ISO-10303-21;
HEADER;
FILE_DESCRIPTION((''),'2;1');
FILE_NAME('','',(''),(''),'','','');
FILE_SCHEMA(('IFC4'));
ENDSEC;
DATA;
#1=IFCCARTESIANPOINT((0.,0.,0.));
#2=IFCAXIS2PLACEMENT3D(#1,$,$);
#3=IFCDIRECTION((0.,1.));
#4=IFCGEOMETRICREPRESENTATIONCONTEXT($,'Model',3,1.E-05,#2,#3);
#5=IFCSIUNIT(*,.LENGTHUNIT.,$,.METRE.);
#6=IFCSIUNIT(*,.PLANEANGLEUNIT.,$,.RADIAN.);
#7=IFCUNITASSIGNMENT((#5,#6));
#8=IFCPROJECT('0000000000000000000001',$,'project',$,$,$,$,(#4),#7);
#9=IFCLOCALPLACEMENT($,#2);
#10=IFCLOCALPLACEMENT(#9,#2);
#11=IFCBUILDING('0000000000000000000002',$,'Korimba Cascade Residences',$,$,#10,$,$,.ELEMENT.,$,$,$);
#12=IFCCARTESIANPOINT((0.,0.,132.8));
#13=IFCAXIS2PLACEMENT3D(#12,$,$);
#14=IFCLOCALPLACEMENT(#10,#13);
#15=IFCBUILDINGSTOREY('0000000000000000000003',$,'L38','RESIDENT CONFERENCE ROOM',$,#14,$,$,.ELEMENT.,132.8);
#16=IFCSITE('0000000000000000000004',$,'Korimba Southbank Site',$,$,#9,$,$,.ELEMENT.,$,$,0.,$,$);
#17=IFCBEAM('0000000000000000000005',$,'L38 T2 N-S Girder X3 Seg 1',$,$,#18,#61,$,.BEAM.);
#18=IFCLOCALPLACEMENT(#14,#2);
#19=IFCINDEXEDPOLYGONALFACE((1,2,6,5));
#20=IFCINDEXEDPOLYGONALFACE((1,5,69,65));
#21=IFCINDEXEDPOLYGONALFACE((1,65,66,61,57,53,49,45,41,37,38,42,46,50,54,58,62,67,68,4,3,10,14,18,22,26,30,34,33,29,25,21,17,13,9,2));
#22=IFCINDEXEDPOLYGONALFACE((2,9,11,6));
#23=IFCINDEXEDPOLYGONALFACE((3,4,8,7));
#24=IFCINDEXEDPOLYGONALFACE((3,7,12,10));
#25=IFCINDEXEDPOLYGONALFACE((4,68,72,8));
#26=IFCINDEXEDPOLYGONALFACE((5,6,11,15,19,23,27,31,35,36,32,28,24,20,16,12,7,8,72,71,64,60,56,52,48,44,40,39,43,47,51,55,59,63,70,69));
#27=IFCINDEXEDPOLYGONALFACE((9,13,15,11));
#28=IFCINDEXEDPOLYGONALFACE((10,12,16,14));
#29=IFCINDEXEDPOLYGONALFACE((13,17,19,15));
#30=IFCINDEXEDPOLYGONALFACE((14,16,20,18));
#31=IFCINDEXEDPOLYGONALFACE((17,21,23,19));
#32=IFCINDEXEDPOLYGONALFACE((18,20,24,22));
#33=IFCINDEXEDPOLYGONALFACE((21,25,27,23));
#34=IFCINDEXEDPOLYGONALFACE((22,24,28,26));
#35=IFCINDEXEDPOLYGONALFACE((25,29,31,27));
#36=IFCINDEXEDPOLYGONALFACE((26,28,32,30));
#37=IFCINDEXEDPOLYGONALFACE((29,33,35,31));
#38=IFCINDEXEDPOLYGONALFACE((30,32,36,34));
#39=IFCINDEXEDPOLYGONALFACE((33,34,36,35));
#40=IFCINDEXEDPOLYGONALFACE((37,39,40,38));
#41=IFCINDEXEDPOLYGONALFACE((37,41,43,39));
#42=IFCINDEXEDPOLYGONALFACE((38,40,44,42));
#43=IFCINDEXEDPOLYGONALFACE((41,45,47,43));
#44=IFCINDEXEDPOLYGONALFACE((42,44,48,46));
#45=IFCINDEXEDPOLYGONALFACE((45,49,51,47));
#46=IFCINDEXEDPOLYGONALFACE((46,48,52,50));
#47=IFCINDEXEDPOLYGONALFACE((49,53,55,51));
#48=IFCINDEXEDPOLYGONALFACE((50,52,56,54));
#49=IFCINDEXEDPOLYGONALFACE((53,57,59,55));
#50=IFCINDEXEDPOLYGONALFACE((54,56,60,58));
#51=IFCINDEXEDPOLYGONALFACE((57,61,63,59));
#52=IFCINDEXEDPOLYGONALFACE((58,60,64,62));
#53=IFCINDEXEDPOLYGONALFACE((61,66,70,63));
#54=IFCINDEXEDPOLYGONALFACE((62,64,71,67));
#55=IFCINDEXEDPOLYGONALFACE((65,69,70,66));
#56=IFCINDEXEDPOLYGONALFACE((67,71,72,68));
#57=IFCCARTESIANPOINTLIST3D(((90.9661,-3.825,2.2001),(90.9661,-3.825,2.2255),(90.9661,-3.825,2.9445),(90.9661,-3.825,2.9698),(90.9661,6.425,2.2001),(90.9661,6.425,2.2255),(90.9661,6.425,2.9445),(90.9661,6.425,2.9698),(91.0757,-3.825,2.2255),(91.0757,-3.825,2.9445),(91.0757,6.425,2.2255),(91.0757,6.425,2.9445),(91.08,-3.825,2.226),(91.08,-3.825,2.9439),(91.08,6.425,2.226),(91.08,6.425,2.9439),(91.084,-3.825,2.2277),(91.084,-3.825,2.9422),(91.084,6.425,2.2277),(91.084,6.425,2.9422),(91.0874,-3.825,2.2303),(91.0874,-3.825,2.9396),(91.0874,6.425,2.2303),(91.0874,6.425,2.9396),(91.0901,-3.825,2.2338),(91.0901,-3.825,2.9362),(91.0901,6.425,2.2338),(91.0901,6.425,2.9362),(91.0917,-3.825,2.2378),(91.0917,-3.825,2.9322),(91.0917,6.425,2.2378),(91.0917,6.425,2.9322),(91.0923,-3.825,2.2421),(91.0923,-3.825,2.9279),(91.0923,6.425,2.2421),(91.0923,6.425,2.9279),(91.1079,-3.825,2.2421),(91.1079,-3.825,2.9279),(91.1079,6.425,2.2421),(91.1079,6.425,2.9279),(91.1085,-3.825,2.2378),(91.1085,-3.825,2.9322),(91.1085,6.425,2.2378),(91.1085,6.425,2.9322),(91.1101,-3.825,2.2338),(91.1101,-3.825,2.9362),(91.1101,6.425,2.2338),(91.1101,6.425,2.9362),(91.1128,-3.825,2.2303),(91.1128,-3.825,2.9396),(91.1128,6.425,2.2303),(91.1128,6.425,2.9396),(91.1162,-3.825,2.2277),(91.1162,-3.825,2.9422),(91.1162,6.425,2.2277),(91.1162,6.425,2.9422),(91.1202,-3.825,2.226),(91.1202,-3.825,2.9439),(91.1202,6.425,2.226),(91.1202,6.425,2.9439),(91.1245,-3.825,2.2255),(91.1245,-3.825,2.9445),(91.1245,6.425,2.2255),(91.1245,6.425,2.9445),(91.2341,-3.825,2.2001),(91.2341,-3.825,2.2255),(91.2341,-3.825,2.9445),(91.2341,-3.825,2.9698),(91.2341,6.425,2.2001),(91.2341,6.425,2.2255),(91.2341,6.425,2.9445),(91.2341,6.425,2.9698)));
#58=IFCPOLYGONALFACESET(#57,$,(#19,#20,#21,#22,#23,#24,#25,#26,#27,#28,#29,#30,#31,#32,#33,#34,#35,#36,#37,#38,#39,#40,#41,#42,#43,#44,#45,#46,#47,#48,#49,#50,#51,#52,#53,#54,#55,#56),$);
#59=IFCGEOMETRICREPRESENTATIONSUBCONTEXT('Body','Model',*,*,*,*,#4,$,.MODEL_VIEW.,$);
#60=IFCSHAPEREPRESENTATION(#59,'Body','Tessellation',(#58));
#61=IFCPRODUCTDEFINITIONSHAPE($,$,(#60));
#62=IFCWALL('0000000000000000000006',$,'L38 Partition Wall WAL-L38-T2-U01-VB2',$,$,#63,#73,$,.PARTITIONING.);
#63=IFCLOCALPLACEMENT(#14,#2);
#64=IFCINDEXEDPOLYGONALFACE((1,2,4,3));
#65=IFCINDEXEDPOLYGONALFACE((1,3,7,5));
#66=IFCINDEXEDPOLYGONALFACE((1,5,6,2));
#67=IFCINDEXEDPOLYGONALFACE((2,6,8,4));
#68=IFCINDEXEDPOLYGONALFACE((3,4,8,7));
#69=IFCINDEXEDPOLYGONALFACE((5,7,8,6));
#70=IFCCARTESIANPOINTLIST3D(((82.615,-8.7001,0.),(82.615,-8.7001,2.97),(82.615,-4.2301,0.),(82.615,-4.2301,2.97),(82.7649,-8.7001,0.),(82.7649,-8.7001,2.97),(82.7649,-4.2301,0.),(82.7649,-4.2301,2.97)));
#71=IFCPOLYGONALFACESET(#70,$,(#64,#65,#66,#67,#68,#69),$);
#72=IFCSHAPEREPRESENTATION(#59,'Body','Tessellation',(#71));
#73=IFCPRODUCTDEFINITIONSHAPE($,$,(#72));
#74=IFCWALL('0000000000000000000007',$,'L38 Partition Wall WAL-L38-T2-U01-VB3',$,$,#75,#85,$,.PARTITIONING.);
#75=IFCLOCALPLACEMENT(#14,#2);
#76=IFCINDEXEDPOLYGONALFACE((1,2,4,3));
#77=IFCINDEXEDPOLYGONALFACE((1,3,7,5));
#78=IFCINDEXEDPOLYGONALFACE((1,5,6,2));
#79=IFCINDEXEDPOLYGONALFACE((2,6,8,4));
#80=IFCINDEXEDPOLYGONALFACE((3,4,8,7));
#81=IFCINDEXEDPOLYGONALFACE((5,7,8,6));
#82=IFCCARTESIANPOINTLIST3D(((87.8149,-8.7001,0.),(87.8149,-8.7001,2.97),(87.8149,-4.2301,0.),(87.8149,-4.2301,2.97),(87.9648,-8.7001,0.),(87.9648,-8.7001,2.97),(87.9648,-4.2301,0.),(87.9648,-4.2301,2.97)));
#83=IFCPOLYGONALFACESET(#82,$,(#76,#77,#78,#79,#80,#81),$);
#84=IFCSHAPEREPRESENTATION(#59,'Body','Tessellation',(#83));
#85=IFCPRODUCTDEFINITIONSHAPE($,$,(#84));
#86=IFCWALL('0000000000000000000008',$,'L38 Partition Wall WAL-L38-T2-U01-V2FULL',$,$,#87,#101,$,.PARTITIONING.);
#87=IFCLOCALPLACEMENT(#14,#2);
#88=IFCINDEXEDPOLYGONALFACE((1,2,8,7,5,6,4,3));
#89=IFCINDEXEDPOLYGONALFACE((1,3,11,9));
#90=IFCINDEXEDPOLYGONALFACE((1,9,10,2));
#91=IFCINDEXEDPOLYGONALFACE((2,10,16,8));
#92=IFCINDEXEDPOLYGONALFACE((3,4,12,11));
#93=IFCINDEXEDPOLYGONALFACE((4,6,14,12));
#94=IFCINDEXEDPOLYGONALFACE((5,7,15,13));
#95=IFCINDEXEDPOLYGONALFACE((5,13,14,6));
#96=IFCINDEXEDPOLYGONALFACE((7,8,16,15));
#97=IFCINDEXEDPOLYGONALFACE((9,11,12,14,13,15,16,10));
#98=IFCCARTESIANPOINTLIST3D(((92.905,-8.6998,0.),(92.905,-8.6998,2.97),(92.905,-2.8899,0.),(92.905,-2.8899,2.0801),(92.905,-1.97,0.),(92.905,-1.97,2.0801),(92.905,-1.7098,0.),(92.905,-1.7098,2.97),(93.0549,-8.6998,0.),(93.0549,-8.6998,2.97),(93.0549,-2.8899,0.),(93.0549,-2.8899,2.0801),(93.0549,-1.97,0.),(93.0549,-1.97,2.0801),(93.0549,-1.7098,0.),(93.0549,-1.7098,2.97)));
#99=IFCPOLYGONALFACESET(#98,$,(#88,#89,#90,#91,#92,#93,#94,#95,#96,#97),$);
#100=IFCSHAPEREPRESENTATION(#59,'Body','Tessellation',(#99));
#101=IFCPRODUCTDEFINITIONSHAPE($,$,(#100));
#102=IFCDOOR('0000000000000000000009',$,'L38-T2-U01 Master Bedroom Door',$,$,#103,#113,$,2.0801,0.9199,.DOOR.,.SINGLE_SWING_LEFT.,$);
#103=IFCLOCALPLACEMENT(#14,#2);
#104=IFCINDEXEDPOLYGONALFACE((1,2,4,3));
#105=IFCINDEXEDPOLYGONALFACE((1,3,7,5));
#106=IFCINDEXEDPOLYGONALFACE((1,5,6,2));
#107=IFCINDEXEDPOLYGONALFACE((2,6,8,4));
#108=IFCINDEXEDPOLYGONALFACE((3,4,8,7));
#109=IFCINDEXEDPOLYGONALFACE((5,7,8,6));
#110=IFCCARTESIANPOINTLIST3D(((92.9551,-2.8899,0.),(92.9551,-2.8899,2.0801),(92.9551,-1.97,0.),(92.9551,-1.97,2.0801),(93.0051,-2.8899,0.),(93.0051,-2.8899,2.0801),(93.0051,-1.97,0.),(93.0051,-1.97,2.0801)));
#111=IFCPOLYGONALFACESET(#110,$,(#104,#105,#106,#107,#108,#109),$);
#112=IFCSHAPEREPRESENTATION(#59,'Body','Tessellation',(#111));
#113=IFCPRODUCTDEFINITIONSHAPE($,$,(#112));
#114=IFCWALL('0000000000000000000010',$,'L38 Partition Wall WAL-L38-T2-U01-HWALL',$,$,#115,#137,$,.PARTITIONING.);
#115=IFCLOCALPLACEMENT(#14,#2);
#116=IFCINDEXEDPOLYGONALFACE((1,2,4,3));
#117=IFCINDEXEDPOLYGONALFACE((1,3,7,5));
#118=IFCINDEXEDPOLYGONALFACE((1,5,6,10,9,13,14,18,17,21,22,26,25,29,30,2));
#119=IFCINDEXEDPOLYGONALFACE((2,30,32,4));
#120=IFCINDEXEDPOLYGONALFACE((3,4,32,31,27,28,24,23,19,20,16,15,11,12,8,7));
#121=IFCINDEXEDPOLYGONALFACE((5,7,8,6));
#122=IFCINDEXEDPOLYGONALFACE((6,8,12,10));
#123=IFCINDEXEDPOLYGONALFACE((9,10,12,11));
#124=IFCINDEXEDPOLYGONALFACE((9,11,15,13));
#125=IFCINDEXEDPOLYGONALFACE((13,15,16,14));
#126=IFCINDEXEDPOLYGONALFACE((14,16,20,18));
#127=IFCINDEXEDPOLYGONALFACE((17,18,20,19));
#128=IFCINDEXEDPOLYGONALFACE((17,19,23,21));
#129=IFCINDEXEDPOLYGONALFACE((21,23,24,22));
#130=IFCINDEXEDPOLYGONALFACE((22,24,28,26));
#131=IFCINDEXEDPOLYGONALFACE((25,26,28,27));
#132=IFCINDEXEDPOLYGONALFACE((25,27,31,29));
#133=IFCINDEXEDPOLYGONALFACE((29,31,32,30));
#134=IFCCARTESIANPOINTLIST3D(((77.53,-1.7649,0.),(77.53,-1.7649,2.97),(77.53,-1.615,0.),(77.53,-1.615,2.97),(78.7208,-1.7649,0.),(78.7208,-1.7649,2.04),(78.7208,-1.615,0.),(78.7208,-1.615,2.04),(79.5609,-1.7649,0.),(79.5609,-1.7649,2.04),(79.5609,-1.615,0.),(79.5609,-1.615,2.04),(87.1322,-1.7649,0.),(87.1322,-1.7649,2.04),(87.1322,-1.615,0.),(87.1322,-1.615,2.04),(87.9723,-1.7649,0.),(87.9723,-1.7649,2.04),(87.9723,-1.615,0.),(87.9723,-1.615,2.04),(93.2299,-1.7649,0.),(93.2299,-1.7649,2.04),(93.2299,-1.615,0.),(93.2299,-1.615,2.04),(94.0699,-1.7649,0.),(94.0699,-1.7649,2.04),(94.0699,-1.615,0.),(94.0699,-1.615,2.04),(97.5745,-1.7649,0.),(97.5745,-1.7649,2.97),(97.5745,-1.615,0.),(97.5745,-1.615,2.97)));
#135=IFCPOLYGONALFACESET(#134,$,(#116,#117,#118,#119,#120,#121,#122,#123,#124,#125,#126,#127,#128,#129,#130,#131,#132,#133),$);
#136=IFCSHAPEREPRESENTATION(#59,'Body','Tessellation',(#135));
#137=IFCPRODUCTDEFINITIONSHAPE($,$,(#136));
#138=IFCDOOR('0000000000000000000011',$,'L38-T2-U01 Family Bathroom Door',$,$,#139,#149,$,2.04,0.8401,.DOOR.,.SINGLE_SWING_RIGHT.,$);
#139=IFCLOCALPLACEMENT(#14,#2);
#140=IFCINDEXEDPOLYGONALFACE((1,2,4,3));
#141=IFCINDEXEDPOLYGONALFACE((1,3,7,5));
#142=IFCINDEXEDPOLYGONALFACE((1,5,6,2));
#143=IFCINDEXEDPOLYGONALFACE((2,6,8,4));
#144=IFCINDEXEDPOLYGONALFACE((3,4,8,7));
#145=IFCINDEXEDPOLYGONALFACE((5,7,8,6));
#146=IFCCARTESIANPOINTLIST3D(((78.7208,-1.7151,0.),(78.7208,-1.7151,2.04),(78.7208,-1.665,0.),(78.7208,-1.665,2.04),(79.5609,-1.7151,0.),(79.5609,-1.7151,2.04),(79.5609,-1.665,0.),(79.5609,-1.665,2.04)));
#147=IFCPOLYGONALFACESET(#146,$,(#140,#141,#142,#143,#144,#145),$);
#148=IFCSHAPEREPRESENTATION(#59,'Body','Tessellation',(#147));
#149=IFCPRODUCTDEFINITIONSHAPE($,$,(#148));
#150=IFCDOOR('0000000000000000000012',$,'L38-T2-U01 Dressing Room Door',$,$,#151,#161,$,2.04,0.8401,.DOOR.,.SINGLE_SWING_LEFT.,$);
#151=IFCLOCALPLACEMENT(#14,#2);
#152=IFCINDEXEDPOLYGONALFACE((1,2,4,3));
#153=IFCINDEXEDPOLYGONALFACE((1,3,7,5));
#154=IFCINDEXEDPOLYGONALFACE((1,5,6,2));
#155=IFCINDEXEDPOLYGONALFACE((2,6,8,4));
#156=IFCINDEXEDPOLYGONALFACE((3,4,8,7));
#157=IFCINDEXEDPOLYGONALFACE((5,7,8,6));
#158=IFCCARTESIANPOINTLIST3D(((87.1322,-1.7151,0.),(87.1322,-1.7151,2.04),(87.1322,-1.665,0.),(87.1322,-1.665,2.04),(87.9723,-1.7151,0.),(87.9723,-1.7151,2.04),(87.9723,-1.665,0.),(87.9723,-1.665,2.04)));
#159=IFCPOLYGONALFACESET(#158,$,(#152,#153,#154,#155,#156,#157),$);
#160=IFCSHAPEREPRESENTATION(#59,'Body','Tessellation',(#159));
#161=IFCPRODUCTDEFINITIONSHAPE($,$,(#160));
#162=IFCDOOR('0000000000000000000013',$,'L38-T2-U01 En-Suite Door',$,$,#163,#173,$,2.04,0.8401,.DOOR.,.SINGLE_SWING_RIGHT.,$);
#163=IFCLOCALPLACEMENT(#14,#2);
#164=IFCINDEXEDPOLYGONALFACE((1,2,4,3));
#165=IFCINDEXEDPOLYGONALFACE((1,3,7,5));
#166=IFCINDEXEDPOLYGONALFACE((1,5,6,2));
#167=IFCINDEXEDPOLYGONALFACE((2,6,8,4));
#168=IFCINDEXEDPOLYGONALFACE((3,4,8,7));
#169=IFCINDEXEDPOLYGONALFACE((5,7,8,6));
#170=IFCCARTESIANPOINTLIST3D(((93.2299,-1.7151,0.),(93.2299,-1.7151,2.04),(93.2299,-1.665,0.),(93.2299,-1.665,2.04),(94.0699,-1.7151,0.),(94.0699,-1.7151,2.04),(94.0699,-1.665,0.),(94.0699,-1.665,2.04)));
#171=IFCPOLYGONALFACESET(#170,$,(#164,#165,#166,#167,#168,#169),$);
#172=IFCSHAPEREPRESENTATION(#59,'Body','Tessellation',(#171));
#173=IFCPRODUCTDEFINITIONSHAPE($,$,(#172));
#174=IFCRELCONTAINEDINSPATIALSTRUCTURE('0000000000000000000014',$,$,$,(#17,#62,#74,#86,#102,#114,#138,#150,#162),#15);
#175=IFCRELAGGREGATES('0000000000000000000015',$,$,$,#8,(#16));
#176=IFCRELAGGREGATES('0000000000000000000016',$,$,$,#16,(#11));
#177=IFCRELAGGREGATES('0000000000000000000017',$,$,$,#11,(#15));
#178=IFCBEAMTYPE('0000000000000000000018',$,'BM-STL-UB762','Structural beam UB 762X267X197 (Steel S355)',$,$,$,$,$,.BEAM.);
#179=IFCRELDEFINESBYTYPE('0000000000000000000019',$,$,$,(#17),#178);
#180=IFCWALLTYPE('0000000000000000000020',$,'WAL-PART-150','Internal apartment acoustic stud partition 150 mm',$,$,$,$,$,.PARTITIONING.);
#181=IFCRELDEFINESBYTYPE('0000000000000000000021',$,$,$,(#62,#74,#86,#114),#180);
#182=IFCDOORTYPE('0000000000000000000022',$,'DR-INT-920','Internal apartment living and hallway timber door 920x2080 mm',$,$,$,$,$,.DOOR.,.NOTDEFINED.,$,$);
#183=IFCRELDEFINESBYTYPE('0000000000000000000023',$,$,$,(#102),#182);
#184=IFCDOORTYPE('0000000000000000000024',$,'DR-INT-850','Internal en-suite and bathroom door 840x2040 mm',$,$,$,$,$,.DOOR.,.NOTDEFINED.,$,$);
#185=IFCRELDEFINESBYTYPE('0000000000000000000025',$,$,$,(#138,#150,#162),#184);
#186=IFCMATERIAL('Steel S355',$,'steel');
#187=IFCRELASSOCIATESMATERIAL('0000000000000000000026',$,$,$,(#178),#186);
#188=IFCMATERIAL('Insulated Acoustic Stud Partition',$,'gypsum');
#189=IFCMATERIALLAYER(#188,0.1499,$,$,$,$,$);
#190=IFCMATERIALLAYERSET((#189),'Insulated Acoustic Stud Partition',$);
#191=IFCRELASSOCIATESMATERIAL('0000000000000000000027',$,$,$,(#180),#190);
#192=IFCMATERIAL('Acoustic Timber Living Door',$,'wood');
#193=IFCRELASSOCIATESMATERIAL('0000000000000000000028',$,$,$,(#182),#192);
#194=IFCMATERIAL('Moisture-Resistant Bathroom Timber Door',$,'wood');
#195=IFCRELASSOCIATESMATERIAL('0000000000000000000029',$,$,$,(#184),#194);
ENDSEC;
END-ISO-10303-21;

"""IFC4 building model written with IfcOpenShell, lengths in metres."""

from ifc_helpers import new_model, si_unit, direction, frame, frame_2d, origin, origin_2d, place, context, subcontext, project, spatial, rectangle, i_section, extrude, material, layer, layer_set, material_profile, profile_set, type_object, element, fill, save


model = new_model("IFC4")

# Units and contexts
model_context = context("Model", 3, precision=1e-05, world=origin(), true_north=direction((0.0, 1.0)))
body_context = subcontext(model_context, "Body", "Model", "MODEL_VIEW")
ifc_project = project(units=[si_unit("LENGTHUNIT", "METRE"), si_unit("PLANEANGLEUNIT", "RADIAN")], contexts=[model_context])

# Site, building, storey
site_placement = place(None, origin())
site = spatial("IfcSite", under=ifc_project, at=site_placement, Name="Korimba Southbank Site", CompositionType="ELEMENT", RefElevation=0.0)
building_placement = place(site_placement, origin())
building = spatial("IfcBuilding", under=site, at=building_placement, Name="Korimba Cascade Residences", CompositionType="ELEMENT")
storey_placement = place(building_placement, frame((0.0, 0.0, 132.8)))
storey = spatial("IfcBuildingStorey", under=building, at=storey_placement, Name="L38", Description="RESIDENT CONFERENCE ROOM", CompositionType="ELEMENT", Elevation=132.8)

# Beam
ifc_material_1 = material(Name="Steel S355", Category="steel")
ifc_material_profile_1 = material_profile(ifc_material_1, i_section(OverallWidth=0.2681, OverallDepth=0.7698, WebThickness=0.0156, FlangeThickness=0.0254, FilletRadius=0.0166, at=origin_2d()), Name="Steel S355")
ifc_profile_set_1 = profile_set([ifc_material_profile_1], Name="Steel S355")
beam_type_1 = type_object("IfcBeamType", Name="BM-STL-UB762", Description="Structural beam UB 762X267X197 (Steel S355)", PredefinedType="BEAM", material=ifc_profile_set_1)
for number, where, z_axis, x_axis, name in (
    (1, (91.1001, -3.825, 2.585), (0.0, 1.0, 0.0), (-1.0, 0.0, 0.0), "L38 T2 N-S Girder X3 Seg 1"),
):
    element("IfcBeam", number, at=place(storey_placement, frame(where, z_axis=z_axis, x_axis=x_axis)), inside=storey, type_object=beam_type_1, Name=name, PredefinedType="BEAM", context=body_context, shape_type="SweptSolid", body=[
        extrude(i_section(OverallWidth=0.2681, OverallDepth=0.7698, WebThickness=0.0156, FlangeThickness=0.0254, FilletRadius=0.0166, at=origin_2d()), origin(), (0.0, 0.0, 1.0), 10.25),
    ])

# Walls
ifc_material_2 = material(Name="Insulated Acoustic Stud Partition", Category="gypsum")
ifc_layer = layer(ifc_material_2, 0.1499)
ifc_layer_set = layer_set([ifc_layer], Name="Insulated Acoustic Stud Partition")
wall_type = type_object("IfcWallType", Name="WAL-PART-150", Description="Internal apartment acoustic stud partition 150 mm", PredefinedType="PARTITIONING", material=ifc_layer_set)
for number, where, z_axis, x_axis, name in (
    (2, (82.6899, -8.7, 0.0), (0.0, 0.0, 1.0), (0.0, 1.0, 0.0), "L38 Partition Wall WAL-L38-T2-U01-VB2"),
    (3, (87.8899, -8.7, 0.0), (0.0, 0.0, 1.0), (0.0, 1.0, 0.0), "L38 Partition Wall WAL-L38-T2-U01-VB3"),
):
    element("IfcWall", number, at=place(storey_placement, frame(where, z_axis=z_axis, x_axis=x_axis)), inside=storey, type_object=wall_type, Name=name, PredefinedType="PARTITIONING", context=body_context, shape_type="SweptSolid", body=[
        extrude(rectangle(XDim=4.47, YDim=0.1499, at=frame_2d((2.2349, 0.0))), origin(), (0.0, 0.0, 1.0), 2.97),
    ])

# Wall, opening, door
wall_1_placement = place(storey_placement, frame((92.98, -8.7, 0.0), z_axis=(0.0, 0.0, 1.0), x_axis=(0.0, 1.0, 0.0)))
wall_1 = element("IfcWall", 4, at=wall_1_placement, inside=storey, type_object=wall_type, Name="L38 Partition Wall WAL-L38-T2-U01-V2FULL", PredefinedType="PARTITIONING", context=body_context, shape_type="SweptSolid", body=[
    extrude(rectangle(XDim=6.99, YDim=0.1499, at=frame_2d((3.4951, 0.0))), origin(), (0.0, 0.0, 1.0), 2.97),
])
opening_1_placement = place(wall_1_placement, frame((5.8101, 0.0, 0.0)))
opening_1 = element("IfcOpeningElement", 5, at=opening_1_placement, cuts=wall_1, PredefinedType="OPENING", context=body_context, shape_type="SweptSolid", body=[
    extrude(rectangle(XDim=0.9199, YDim=2.0801, at=frame_2d((0.46, 1.04))), frame((0.0, 0.085, 0.0), z_axis=(0.0, -1.0, 0.0), x_axis=(1.0, 0.0, 0.0)), (0.0, 0.0, 1.0), 0.1699),
])
ifc_material_3 = material(Name="Acoustic Timber Living Door", Category="wood")
door_type_1 = type_object("IfcDoorType", Name="DR-INT-920", Description="Internal apartment living and hallway timber door 920x2080 mm", OperationType="NOTDEFINED", PredefinedType="DOOR", material=ifc_material_3)
door_1_placement = place(opening_1_placement, origin())
door_1 = element("IfcDoor", 6, at=door_1_placement, inside=storey, type_object=door_type_1, Name="L38-T2-U01 Master Bedroom Door", OperationType="SINGLE_SWING_LEFT", OverallHeight=2.0801, OverallWidth=0.9199, PredefinedType="DOOR", context=body_context, shape_type="SweptSolid", body=[
    extrude(rectangle(XDim=0.9199, YDim=2.0801, at=frame_2d((0.46, 1.04))), frame((0.0, 0.0249, 0.0), z_axis=(0.0, -1.0, 0.0), x_axis=(1.0, 0.0, 0.0)), (0.0, 0.0, 1.0), 0.05),
])
fill(opening_1, door_1)

# Wall, openings, doors
wall_2_placement = place(storey_placement, frame((77.53, -1.6899, 0.0), z_axis=(0.0, 0.0, 1.0), x_axis=(1.0, 0.0, 0.0)))
wall_2 = element("IfcWall", 7, at=wall_2_placement, inside=storey, type_object=wall_type, Name="L38 Partition Wall WAL-L38-T2-U01-HWALL", PredefinedType="PARTITIONING", context=body_context, shape_type="SweptSolid", body=[
    extrude(rectangle(XDim=20.0444, YDim=0.1499, at=frame_2d((10.0222, 0.0))), origin(), (0.0, 0.0, 1.0), 2.97),
])
opening_2_placement = place(wall_2_placement, frame((1.1909, 0.0, 0.0)))
opening_2 = element("IfcOpeningElement", 8, at=opening_2_placement, cuts=wall_2, PredefinedType="OPENING", context=body_context, shape_type="SweptSolid", body=[
    extrude(rectangle(XDim=0.8401, YDim=2.04, at=frame_2d((0.4199, 1.02))), frame((0.0, 0.085, 0.0), z_axis=(0.0, -1.0, 0.0), x_axis=(1.0, 0.0, 0.0)), (0.0, 0.0, 1.0), 0.1699),
])
opening_3_placement = place(wall_2_placement, frame((9.6023, 0.0, 0.0)))
opening_3 = element("IfcOpeningElement", 9, at=opening_3_placement, cuts=wall_2, PredefinedType="OPENING", context=body_context, shape_type="SweptSolid", body=[
    extrude(rectangle(XDim=0.8401, YDim=2.04, at=frame_2d((0.4199, 1.02))), frame((0.0, 0.085, 0.0), z_axis=(0.0, -1.0, 0.0), x_axis=(1.0, 0.0, 0.0)), (0.0, 0.0, 1.0), 0.1699),
])
opening_4_placement = place(wall_2_placement, frame((15.7, 0.0, 0.0)))
opening_4 = element("IfcOpeningElement", 10, at=opening_4_placement, cuts=wall_2, PredefinedType="OPENING", context=body_context, shape_type="SweptSolid", body=[
    extrude(rectangle(XDim=0.8401, YDim=2.04, at=frame_2d((0.4199, 1.02))), frame((0.0, 0.085, 0.0), z_axis=(0.0, -1.0, 0.0), x_axis=(1.0, 0.0, 0.0)), (0.0, 0.0, 1.0), 0.1699),
])
ifc_material_4 = material(Name="Moisture-Resistant Bathroom Timber Door", Category="wood")
door_type_2 = type_object("IfcDoorType", Name="DR-INT-850", Description="Internal en-suite and bathroom door 840x2040 mm", OperationType="NOTDEFINED", PredefinedType="DOOR", material=ifc_material_4)
door_2_placement = place(opening_2_placement, origin())
door_2 = element("IfcDoor", 11, at=door_2_placement, inside=storey, type_object=door_type_2, Name="L38-T2-U01 Family Bathroom Door", OperationType="SINGLE_SWING_RIGHT", OverallHeight=2.04, OverallWidth=0.8401, PredefinedType="DOOR", context=body_context, shape_type="SweptSolid", body=[
    extrude(rectangle(XDim=0.8401, YDim=2.04, at=frame_2d((0.4199, 1.02))), frame((0.0, 0.0249, 0.0), z_axis=(0.0, -1.0, 0.0), x_axis=(1.0, 0.0, 0.0)), (0.0, 0.0, 1.0), 0.05),
])
fill(opening_2, door_2)
door_3_placement = place(opening_3_placement, origin())
door_3 = element("IfcDoor", 12, at=door_3_placement, inside=storey, type_object=door_type_2, Name="L38-T2-U01 Dressing Room Door", OperationType="SINGLE_SWING_LEFT", OverallHeight=2.04, OverallWidth=0.8401, PredefinedType="DOOR", context=body_context, shape_type="SweptSolid", body=[
    extrude(rectangle(XDim=0.8401, YDim=2.04, at=frame_2d((0.4199, 1.02))), frame((0.0, 0.0249, 0.0), z_axis=(0.0, -1.0, 0.0), x_axis=(1.0, 0.0, 0.0)), (0.0, 0.0, 1.0), 0.05),
])
fill(opening_3, door_3)
door_4_placement = place(opening_4_placement, origin())
door_4 = element("IfcDoor", 13, at=door_4_placement, inside=storey, type_object=door_type_2, Name="L38-T2-U01 En-Suite Door", OperationType="SINGLE_SWING_RIGHT", OverallHeight=2.04, OverallWidth=0.8401, PredefinedType="DOOR", context=body_context, shape_type="SweptSolid", body=[
    extrude(rectangle(XDim=0.8401, YDim=2.04, at=frame_2d((0.4199, 1.02))), frame((0.0, 0.0249, 0.0), z_axis=(0.0, -1.0, 0.0), x_axis=(1.0, 0.0, 0.0)), (0.0, 0.0, 1.0), 0.05),
])
fill(opening_4, door_4)

save(model, "model.ifc")
